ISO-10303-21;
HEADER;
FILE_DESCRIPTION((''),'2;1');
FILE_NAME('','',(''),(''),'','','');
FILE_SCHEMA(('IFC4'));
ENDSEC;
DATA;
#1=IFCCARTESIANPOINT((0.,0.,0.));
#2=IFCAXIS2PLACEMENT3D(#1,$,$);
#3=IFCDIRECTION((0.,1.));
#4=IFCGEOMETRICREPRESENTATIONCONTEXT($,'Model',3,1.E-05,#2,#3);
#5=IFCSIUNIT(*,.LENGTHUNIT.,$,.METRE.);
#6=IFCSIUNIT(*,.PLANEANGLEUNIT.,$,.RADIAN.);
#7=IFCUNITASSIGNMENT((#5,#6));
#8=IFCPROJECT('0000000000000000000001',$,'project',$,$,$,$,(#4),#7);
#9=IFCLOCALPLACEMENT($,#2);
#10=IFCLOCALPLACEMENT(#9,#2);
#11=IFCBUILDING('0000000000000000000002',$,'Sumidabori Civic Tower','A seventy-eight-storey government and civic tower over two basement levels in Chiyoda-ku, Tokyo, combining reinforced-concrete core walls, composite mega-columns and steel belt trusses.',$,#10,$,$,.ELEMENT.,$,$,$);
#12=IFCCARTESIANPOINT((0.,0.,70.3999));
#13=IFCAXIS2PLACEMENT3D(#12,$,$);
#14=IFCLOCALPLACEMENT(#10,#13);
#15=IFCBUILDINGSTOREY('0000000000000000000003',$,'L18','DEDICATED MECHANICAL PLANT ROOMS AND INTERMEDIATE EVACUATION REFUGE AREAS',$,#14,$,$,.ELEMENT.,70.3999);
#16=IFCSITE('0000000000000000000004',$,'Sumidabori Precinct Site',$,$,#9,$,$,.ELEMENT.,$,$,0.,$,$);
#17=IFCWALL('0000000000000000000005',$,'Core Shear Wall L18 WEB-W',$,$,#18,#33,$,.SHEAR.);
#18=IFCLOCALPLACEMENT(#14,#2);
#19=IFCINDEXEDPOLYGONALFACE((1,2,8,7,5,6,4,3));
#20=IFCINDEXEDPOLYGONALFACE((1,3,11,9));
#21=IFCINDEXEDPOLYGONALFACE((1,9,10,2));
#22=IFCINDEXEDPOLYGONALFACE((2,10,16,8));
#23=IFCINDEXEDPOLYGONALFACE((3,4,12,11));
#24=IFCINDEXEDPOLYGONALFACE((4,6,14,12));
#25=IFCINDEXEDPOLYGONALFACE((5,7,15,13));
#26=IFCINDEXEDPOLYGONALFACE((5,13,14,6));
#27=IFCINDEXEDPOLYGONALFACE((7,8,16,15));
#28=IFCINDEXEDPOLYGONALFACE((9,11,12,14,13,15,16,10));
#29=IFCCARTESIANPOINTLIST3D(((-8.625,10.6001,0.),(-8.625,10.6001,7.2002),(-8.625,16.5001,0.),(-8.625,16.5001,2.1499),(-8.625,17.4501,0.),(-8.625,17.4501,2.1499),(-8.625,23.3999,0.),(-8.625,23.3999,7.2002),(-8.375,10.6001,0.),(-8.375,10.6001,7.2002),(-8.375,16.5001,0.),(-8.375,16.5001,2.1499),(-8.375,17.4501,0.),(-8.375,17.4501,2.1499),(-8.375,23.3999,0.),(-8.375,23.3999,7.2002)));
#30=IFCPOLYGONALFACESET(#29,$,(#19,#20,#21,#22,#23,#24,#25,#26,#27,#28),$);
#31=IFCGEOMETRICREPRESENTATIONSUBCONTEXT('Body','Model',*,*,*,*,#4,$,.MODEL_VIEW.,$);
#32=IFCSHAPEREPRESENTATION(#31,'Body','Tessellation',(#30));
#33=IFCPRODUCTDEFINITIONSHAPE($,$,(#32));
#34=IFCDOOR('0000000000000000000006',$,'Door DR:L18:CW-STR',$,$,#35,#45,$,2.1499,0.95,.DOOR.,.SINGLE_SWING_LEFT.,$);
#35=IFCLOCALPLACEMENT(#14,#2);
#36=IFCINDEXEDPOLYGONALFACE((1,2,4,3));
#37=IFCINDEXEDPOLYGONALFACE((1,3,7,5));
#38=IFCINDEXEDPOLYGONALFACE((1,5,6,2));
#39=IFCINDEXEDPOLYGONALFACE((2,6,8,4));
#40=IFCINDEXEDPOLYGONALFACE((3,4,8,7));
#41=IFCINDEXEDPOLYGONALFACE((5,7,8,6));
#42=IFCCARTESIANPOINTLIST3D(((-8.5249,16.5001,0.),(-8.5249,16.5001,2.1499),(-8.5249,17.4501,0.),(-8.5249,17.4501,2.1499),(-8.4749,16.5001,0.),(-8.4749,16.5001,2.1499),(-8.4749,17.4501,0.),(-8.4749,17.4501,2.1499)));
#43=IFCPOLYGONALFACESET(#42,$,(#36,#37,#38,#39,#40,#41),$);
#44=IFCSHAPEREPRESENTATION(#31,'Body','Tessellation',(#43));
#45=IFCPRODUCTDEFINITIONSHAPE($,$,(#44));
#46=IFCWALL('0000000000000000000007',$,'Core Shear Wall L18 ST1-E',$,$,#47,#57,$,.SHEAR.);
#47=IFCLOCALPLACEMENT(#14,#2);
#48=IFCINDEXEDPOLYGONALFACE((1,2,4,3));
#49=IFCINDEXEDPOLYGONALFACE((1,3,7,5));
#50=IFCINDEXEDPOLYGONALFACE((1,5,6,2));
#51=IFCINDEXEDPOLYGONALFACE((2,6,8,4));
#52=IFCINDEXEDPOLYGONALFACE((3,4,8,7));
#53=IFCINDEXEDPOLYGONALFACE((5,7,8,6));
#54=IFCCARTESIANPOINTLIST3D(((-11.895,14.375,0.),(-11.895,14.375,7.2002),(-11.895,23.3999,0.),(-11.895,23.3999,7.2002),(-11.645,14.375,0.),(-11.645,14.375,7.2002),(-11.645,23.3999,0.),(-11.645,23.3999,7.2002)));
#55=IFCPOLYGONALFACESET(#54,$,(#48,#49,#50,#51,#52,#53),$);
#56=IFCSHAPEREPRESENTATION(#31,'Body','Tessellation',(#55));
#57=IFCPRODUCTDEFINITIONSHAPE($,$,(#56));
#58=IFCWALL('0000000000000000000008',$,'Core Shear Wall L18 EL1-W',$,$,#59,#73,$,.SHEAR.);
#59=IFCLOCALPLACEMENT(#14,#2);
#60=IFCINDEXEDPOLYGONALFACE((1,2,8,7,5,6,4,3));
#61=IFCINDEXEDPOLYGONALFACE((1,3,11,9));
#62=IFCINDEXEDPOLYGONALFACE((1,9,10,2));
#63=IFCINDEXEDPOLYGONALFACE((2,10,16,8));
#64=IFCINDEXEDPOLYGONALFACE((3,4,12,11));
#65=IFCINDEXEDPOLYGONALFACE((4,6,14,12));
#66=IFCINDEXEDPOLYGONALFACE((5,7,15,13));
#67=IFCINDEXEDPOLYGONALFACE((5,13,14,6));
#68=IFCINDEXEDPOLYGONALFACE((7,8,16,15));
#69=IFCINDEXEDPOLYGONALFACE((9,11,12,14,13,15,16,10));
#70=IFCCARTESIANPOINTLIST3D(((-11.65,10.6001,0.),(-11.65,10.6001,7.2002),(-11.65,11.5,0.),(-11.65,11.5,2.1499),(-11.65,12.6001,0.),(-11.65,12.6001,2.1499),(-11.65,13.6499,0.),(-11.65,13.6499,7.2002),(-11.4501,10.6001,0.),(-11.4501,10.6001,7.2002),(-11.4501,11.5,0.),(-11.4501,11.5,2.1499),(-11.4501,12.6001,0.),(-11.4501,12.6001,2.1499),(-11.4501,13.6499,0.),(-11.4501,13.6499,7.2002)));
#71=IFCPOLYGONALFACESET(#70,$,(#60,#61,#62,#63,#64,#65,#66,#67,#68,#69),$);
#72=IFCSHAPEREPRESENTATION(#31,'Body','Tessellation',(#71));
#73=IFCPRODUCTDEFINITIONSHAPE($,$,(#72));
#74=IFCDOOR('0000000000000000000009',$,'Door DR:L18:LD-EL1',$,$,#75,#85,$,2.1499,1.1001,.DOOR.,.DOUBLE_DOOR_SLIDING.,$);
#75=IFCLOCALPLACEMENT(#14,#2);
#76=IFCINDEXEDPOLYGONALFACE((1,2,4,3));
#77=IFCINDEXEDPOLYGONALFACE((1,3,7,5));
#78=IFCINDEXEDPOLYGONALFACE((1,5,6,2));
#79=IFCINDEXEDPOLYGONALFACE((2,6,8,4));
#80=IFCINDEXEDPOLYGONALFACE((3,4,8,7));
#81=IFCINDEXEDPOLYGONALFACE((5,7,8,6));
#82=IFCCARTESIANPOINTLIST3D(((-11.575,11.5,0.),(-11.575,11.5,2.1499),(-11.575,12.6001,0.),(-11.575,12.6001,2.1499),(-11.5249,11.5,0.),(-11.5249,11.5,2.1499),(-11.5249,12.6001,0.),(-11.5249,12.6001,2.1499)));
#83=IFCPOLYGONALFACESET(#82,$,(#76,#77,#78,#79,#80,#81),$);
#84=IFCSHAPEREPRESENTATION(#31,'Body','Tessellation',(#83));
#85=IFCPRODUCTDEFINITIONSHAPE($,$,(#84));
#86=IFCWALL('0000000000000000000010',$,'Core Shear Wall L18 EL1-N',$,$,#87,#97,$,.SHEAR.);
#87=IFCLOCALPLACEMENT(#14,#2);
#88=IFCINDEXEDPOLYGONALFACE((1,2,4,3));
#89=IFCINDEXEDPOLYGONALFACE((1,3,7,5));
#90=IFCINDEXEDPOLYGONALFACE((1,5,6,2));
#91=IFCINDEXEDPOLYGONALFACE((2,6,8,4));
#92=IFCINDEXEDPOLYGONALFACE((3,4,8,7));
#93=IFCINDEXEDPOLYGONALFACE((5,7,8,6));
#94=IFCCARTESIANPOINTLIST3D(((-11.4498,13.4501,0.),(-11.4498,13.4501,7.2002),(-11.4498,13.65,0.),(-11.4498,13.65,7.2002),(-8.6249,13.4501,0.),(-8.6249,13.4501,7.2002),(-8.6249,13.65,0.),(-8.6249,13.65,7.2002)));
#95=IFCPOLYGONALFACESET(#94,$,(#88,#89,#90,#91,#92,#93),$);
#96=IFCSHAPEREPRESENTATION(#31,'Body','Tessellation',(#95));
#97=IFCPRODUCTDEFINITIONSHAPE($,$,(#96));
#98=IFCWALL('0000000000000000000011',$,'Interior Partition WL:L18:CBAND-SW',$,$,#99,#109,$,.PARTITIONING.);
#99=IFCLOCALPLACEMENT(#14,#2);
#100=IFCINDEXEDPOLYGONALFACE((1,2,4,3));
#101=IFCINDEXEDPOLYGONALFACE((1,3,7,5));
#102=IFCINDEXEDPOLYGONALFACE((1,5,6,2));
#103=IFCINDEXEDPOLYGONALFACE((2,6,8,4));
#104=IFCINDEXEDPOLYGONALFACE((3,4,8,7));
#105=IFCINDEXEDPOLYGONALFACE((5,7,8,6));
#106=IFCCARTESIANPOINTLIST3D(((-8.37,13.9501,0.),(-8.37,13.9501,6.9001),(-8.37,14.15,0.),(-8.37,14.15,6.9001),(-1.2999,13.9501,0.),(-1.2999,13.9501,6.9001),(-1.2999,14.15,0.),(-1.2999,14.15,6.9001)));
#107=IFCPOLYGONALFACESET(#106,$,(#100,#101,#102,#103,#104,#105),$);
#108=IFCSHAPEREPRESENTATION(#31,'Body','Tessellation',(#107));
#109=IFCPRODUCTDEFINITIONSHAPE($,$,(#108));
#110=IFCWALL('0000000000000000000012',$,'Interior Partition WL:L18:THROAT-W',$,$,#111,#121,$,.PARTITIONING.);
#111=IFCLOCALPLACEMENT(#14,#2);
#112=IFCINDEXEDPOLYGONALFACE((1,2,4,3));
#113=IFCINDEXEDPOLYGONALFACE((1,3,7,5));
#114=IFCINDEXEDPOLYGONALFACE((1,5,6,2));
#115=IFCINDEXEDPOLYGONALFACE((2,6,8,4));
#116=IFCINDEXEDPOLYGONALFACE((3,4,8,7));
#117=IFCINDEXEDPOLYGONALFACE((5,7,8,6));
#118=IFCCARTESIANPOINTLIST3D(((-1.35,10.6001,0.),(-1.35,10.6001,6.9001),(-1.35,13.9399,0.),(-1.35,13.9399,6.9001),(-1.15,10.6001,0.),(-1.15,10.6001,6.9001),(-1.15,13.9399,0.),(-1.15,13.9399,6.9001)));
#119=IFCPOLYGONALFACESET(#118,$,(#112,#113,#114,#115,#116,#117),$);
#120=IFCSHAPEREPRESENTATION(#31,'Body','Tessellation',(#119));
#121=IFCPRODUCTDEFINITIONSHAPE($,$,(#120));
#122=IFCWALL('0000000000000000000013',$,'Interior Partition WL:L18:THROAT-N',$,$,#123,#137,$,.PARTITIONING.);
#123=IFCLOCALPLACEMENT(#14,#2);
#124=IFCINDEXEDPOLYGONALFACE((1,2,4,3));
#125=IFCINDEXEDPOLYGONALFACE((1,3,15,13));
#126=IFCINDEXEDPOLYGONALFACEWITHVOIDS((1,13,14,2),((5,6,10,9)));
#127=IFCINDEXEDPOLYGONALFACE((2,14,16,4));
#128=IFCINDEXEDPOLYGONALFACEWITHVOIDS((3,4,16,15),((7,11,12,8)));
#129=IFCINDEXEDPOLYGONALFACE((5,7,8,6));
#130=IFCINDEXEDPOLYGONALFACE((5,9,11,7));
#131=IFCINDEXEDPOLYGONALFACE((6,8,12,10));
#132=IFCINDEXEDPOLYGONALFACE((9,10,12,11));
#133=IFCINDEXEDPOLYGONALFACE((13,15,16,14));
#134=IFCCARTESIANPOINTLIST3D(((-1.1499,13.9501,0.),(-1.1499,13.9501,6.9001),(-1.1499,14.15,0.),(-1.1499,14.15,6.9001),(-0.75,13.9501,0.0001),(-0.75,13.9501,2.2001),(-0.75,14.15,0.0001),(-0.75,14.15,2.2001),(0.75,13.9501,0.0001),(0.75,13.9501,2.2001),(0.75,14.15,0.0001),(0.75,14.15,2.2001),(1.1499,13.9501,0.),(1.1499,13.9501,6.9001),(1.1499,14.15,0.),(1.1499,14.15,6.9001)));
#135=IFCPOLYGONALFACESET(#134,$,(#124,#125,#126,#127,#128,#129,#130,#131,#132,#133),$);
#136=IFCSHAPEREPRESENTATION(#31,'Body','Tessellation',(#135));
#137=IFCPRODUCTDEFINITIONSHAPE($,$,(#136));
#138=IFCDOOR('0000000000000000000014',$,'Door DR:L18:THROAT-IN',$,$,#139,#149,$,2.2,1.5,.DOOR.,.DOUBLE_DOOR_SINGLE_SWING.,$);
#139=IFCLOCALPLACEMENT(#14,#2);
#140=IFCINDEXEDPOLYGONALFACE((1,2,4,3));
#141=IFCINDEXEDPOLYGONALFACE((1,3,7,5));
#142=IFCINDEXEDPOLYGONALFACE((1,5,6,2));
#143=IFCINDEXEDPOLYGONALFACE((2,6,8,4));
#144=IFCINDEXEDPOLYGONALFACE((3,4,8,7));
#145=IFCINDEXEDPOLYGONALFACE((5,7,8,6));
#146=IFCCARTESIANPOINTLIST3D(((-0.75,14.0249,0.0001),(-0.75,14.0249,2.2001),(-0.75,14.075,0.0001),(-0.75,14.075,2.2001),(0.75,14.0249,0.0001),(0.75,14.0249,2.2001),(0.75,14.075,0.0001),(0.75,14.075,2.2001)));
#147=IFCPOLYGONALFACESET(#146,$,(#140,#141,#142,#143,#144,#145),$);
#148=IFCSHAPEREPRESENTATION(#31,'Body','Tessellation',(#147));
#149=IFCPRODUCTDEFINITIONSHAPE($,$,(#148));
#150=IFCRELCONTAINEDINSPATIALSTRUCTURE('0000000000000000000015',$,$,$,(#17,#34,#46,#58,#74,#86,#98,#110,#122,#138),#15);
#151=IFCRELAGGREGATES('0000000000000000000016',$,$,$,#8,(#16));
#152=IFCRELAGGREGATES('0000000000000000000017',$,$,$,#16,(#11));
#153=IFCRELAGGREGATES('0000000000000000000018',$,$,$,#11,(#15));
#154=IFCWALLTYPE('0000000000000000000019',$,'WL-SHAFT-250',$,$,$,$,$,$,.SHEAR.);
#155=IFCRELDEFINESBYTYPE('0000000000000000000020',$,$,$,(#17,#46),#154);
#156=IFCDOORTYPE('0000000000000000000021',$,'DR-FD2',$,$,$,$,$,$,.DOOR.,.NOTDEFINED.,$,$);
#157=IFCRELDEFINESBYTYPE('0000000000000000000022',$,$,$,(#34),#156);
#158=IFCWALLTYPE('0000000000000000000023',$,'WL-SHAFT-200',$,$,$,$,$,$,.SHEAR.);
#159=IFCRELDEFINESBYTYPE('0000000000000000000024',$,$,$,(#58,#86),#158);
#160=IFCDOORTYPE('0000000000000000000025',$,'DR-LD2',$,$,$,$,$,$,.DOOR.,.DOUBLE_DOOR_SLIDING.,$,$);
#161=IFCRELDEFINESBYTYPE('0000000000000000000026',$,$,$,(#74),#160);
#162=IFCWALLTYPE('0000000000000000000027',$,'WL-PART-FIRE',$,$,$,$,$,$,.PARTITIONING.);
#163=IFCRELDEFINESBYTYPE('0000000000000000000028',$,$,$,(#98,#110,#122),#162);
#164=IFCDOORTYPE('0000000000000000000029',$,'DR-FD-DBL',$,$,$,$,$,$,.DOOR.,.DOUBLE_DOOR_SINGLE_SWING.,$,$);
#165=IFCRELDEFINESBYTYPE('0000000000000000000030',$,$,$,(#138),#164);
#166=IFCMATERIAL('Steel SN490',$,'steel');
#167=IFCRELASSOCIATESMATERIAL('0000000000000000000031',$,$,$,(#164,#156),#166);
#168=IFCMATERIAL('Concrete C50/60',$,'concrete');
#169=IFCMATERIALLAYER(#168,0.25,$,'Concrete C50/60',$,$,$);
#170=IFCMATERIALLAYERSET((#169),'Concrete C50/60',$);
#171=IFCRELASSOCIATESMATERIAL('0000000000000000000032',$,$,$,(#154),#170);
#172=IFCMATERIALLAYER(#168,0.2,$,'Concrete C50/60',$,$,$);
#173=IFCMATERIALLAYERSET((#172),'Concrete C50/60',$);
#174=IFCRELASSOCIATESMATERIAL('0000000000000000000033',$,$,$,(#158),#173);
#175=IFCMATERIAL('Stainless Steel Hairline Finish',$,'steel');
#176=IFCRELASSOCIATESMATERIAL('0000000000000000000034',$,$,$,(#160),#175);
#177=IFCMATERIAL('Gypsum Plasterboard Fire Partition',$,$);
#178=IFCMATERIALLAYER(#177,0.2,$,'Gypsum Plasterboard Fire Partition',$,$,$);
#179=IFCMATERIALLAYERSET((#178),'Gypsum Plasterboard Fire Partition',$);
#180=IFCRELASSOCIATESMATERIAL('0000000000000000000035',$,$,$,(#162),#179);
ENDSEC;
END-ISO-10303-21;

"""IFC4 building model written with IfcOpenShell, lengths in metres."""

from ifc_helpers import new_model, si_unit, direction, frame, frame_2d, origin, place, context, subcontext, project, spatial, rectangle, extrude, source, transform, mapped, material, layer, layer_set, type_object, element, fill, save


model = new_model("IFC4")

# Units and contexts
model_context = context("Model", 3, precision=1e-05, world=origin(), true_north=direction((0.0, 1.0)))
body_context = subcontext(model_context, "Body", "Model", "MODEL_VIEW")
ifc_project = project(units=[si_unit("LENGTHUNIT", "METRE"), si_unit("PLANEANGLEUNIT", "RADIAN")], contexts=[model_context])

# Site, building, storey
site_placement = place(None, origin())
site = spatial("IfcSite", under=ifc_project, at=site_placement, Name="Sumidabori Precinct Site", CompositionType="ELEMENT", RefElevation=0.0)
building_placement = place(site_placement, origin())
building = spatial("IfcBuilding", under=site, at=building_placement, Name="Sumidabori Civic Tower", Description="A seventy-eight-storey government and civic tower over two basement levels in Chiyoda-ku, Tokyo, combining reinforced-concrete core walls, composite mega-columns and steel belt trusses.", CompositionType="ELEMENT")
storey_placement = place(building_placement, frame((0.0, 0.0, 70.3999)))
storey = spatial("IfcBuildingStorey", under=building, at=storey_placement, Name="L18", Description="DEDICATED MECHANICAL PLANT ROOMS AND INTERMEDIATE EVACUATION REFUGE AREAS", CompositionType="ELEMENT", Elevation=70.3999)

# Shared definitions
ifc_material_1 = material(Name="Concrete C50/60", Category="concrete")

# Shared definitions
ifc_material_2 = material(Name="Steel SN490", Category="steel")

# Shared definitions
door_type_1 = type_object("IfcDoorType", Name="DR-FD-DBL", OperationType="DOUBLE_DOOR_SINGLE_SWING", PredefinedType="DOOR", material=ifc_material_2)
shared_shape_1 = source(origin(), body_context, "Body", "SweptSolid", [
    extrude(rectangle(XDim=1.5, YDim=2.2, at=frame_2d((0.75, 1.1001))), frame((0.0, 0.0249, 0.0), z_axis=(0.0, -1.0, 0.0), x_axis=(1.0, 0.0, 0.0)), (0.0, 0.0, 1.0), 0.05),
])

# Wall, opening, door
ifc_layer_1 = layer(ifc_material_1, 0.25, Name="Concrete C50/60")
ifc_layer_set_1 = layer_set([ifc_layer_1], Name="Concrete C50/60")
wall_type_1 = type_object("IfcWallType", Name="WL-SHAFT-250", PredefinedType="SHEAR", material=ifc_layer_set_1)
shared_shape_2 = source(origin(), body_context, "Body", "SweptSolid", [
    extrude(rectangle(XDim=12.7998, YDim=0.25, at=frame_2d((6.3999, 0.0))), origin(), (0.0, 0.0, 1.0), 7.2002),
])
wall_1_placement = place(storey_placement, frame((-8.5, 10.6001, 0.0), z_axis=(0.0, 0.0, 1.0), x_axis=(0.0, 1.0, 0.0)))
wall_1 = element("IfcWall", 1, at=wall_1_placement, inside=storey, type_object=wall_type_1, Name="Core Shear Wall L18 WEB-W", PredefinedType="SHEAR", context=body_context, shape_type="MappedRepresentation", body=[
    mapped(shared_shape_2, transform((0.0, 0.0, 0.0), x_axis=(1.0, 0.0, 0.0), y_axis=(0.0, 1.0, 0.0), z_axis=(0.0, 0.0, 1.0), scale=1.0)),
])
opening_1_placement = place(wall_1_placement, frame((5.8999, 0.0, 0.0)))
opening_1 = element("IfcOpeningElement", 2, at=opening_1_placement, cuts=wall_1, PredefinedType="OPENING", context=body_context, shape_type="SweptSolid", body=[
    extrude(rectangle(XDim=0.95, YDim=2.1499, at=frame_2d((0.4751, 1.075))), frame((0.0, 0.137, 0.0), z_axis=(0.0, -1.0, 0.0), x_axis=(1.0, 0.0, 0.0)), (0.0, 0.0, 1.0), 0.2739),
])
door_type_2 = type_object("IfcDoorType", Name="DR-FD2", OperationType="NOTDEFINED", PredefinedType="DOOR", material=ifc_material_2)
shared_shape_3 = source(origin(), body_context, "Body", "SweptSolid", [
    extrude(rectangle(XDim=0.95, YDim=2.1499, at=frame_2d((0.4751, 1.075))), frame((0.0, 0.0249, 0.0), z_axis=(0.0, -1.0, 0.0), x_axis=(1.0, 0.0, 0.0)), (0.0, 0.0, 1.0), 0.05),
])
door_1_placement = place(opening_1_placement, origin())
door_1 = element("IfcDoor", 3, at=door_1_placement, inside=storey, type_object=door_type_2, Name="Door DR:L18:CW-STR", OperationType="SINGLE_SWING_LEFT", OverallHeight=2.1499, OverallWidth=0.95, PredefinedType="DOOR", context=body_context, shape_type="MappedRepresentation", body=[
    mapped(shared_shape_3, transform((0.0, 0.0, 0.0), x_axis=(1.0, 0.0, 0.0), y_axis=(0.0, 1.0, 0.0), z_axis=(0.0, 0.0, 1.0), scale=1.0)),
])
fill(opening_1, door_1)

# Wall
shared_shape_4 = source(origin(), body_context, "Body", "SweptSolid", [
    extrude(rectangle(XDim=9.0249, YDim=0.25, at=frame_2d((4.5125, 0.0))), origin(), (0.0, 0.0, 1.0), 7.2002),
])
wall_2_placement = place(storey_placement, frame((-11.77, 14.375, 0.0), z_axis=(0.0, 0.0, 1.0), x_axis=(0.0, 1.0, 0.0)))
element("IfcWall", 4, at=wall_2_placement, inside=storey, type_object=wall_type_1, Name="Core Shear Wall L18 ST1-E", PredefinedType="SHEAR", context=body_context, shape_type="MappedRepresentation", body=[
    mapped(shared_shape_4, transform((0.0, 0.0, 0.0), x_axis=(1.0, 0.0, 0.0), y_axis=(0.0, 1.0, 0.0), z_axis=(0.0, 0.0, 1.0), scale=1.0)),
])

# Wall, opening, door
ifc_layer_2 = layer(ifc_material_1, 0.2, Name="Concrete C50/60")
ifc_layer_set_2 = layer_set([ifc_layer_2], Name="Concrete C50/60")
wall_type_2 = type_object("IfcWallType", Name="WL-SHAFT-200", PredefinedType="SHEAR", material=ifc_layer_set_2)
shared_shape_5 = source(origin(), body_context, "Body", "SweptSolid", [
    extrude(rectangle(XDim=3.0498, YDim=0.2, at=frame_2d((1.5249, 0.0))), origin(), (0.0, 0.0, 1.0), 7.2002),
])
wall_3_placement = place(storey_placement, frame((-11.55, 10.6001, 0.0), z_axis=(0.0, 0.0, 1.0), x_axis=(0.0, 1.0, 0.0)))
wall_3 = element("IfcWall", 5, at=wall_3_placement, inside=storey, type_object=wall_type_2, Name="Core Shear Wall L18 EL1-W", PredefinedType="SHEAR", context=body_context, shape_type="MappedRepresentation", body=[
    mapped(shared_shape_5, transform((0.0, 0.0, 0.0), x_axis=(1.0, 0.0, 0.0), y_axis=(0.0, 1.0, 0.0), z_axis=(0.0, 0.0, 1.0), scale=1.0)),
])
opening_2_placement = place(wall_3_placement, frame((0.8999, 0.0, 0.0)))
opening_2 = element("IfcOpeningElement", 6, at=opening_2_placement, cuts=wall_3, PredefinedType="OPENING", context=body_context, shape_type="SweptSolid", body=[
    extrude(rectangle(XDim=1.1001, YDim=2.1499, at=frame_2d((0.55, 1.075))), frame((0.0, 0.1118, 0.0), z_axis=(0.0, -1.0, 0.0), x_axis=(1.0, 0.0, 0.0)), (0.0, 0.0, 1.0), 0.2239),
])
ifc_material_3 = material(Name="Stainless Steel Hairline Finish", Category="steel")
door_type_3 = type_object("IfcDoorType", Name="DR-LD2", OperationType="DOUBLE_DOOR_SLIDING", PredefinedType="DOOR", material=ifc_material_3)
shared_shape_6 = source(origin(), body_context, "Body", "SweptSolid", [
    extrude(rectangle(XDim=1.1001, YDim=2.1499, at=frame_2d((0.55, 1.075))), frame((0.0, 0.0249, 0.0), z_axis=(0.0, -1.0, 0.0), x_axis=(1.0, 0.0, 0.0)), (0.0, 0.0, 1.0), 0.05),
])
door_2_placement = place(opening_2_placement, origin())
door_2 = element("IfcDoor", 7, at=door_2_placement, inside=storey, type_object=door_type_3, Name="Door DR:L18:LD-EL1", OperationType="DOUBLE_DOOR_SLIDING", OverallHeight=2.1499, OverallWidth=1.1001, PredefinedType="DOOR", context=body_context, shape_type="MappedRepresentation", body=[
    mapped(shared_shape_6, transform((0.0, 0.0, 0.0), x_axis=(1.0, 0.0, 0.0), y_axis=(0.0, 1.0, 0.0), z_axis=(0.0, 0.0, 1.0), scale=1.0)),
])
fill(opening_2, door_2)

# Walls
shared_shape_7 = source(origin(), body_context, "Body", "SweptSolid", [
    extrude(rectangle(XDim=2.825, YDim=0.2, at=frame_2d((1.4126, 0.0))), origin(), (0.0, 0.0, 1.0), 7.2002),
])
wall_4_placement = place(storey_placement, frame((-11.45, 13.55, 0.0), z_axis=(0.0, 0.0, 1.0), x_axis=(1.0, 0.0, 0.0)))
element("IfcWall", 8, at=wall_4_placement, inside=storey, type_object=wall_type_2, Name="Core Shear Wall L18 EL1-N", PredefinedType="SHEAR", context=body_context, shape_type="MappedRepresentation", body=[
    mapped(shared_shape_7, transform((0.0, 0.0, 0.0), x_axis=(1.0, 0.0, 0.0), y_axis=(0.0, 1.0, 0.0), z_axis=(0.0, 0.0, 1.0), scale=1.0)),
])
ifc_material_4 = material(Name="Gypsum Plasterboard Fire Partition")
ifc_layer_3 = layer(ifc_material_4, 0.2, Name="Gypsum Plasterboard Fire Partition")
ifc_layer_set_3 = layer_set([ifc_layer_3], Name="Gypsum Plasterboard Fire Partition")
wall_type_3 = type_object("IfcWallType", Name="WL-PART-FIRE", PredefinedType="PARTITIONING", material=ifc_layer_set_3)
shared_shape_8 = source(origin(), body_context, "Body", "SweptSolid", [
    extrude(rectangle(XDim=7.0701, YDim=0.2, at=frame_2d((3.5352, 0.0))), origin(), (0.0, 0.0, 1.0), 6.9001),
])
wall_5_placement = place(storey_placement, frame((-8.3701, 14.05, 0.0), z_axis=(0.0, 0.0, 1.0), x_axis=(1.0, 0.0, 0.0)))
element("IfcWall", 9, at=wall_5_placement, inside=storey, type_object=wall_type_3, Name="Interior Partition WL:L18:CBAND-SW", PredefinedType="PARTITIONING", context=body_context, shape_type="MappedRepresentation", body=[
    mapped(shared_shape_8, transform((0.0, 0.0, 0.0), x_axis=(1.0, 0.0, 0.0), y_axis=(0.0, 1.0, 0.0), z_axis=(0.0, 0.0, 1.0), scale=1.0)),
])
shared_shape_9 = source(origin(), body_context, "Body", "SweptSolid", [
    extrude(rectangle(XDim=3.3398, YDim=0.2, at=frame_2d((1.6699, 0.0))), origin(), (0.0, 0.0, 1.0), 6.9001),
])
wall_6_placement = place(storey_placement, frame((-1.25, 10.6001, 0.0), z_axis=(0.0, 0.0, 1.0), x_axis=(0.0, 1.0, 0.0)))
element("IfcWall", 10, at=wall_6_placement, inside=storey, type_object=wall_type_3, Name="Interior Partition WL:L18:THROAT-W", PredefinedType="PARTITIONING", context=body_context, shape_type="MappedRepresentation", body=[
    mapped(shared_shape_9, transform((0.0, 0.0, 0.0), x_axis=(1.0, 0.0, 0.0), y_axis=(0.0, 1.0, 0.0), z_axis=(0.0, 0.0, 1.0), scale=1.0)),
])

# Wall, opening, door
shared_shape_10 = source(origin(), body_context, "Body", "SweptSolid", [
    extrude(rectangle(XDim=2.2998, YDim=0.2, at=frame_2d((1.1499, 0.0))), origin(), (0.0, 0.0, 1.0), 6.9001),
])
wall_7_placement = place(storey_placement, frame((-1.1499, 14.05, 0.0), z_axis=(0.0, 0.0, 1.0), x_axis=(1.0, 0.0, 0.0)))
wall_7 = element("IfcWall", 11, at=wall_7_placement, inside=storey, type_object=wall_type_3, Name="Interior Partition WL:L18:THROAT-N", PredefinedType="PARTITIONING", context=body_context, shape_type="MappedRepresentation", body=[
    mapped(shared_shape_10, transform((0.0, 0.0, 0.0), x_axis=(1.0, 0.0, 0.0), y_axis=(0.0, 1.0, 0.0), z_axis=(0.0, 0.0, 1.0), scale=1.0)),
])
opening_3_placement = place(wall_7_placement, frame((0.3999, 0.0, 0.0)))
opening_3 = element("IfcOpeningElement", 12, at=opening_3_placement, cuts=wall_7, PredefinedType="OPENING", context=body_context, shape_type="SweptSolid", body=[
    extrude(rectangle(XDim=1.5, YDim=2.2, at=frame_2d((0.75, 1.1001))), frame((0.0, 0.1118, 0.0), z_axis=(0.0, -1.0, 0.0), x_axis=(1.0, 0.0, 0.0)), (0.0, 0.0, 1.0), 0.2239),
])
door_3_placement = place(opening_3_placement, origin())
door_3 = element("IfcDoor", 13, at=door_3_placement, inside=storey, type_object=door_type_1, Name="Door DR:L18:THROAT-IN", OperationType="DOUBLE_DOOR_SINGLE_SWING", OverallHeight=2.2, OverallWidth=1.5, PredefinedType="DOOR", context=body_context, shape_type="MappedRepresentation", body=[
    mapped(shared_shape_1, transform((0.0, 0.0, 0.0), x_axis=(1.0, 0.0, 0.0), y_axis=(0.0, 1.0, 0.0), z_axis=(0.0, 0.0, 1.0), scale=1.0)),
])
fill(opening_3, door_3)

save(model, "model.ifc")
